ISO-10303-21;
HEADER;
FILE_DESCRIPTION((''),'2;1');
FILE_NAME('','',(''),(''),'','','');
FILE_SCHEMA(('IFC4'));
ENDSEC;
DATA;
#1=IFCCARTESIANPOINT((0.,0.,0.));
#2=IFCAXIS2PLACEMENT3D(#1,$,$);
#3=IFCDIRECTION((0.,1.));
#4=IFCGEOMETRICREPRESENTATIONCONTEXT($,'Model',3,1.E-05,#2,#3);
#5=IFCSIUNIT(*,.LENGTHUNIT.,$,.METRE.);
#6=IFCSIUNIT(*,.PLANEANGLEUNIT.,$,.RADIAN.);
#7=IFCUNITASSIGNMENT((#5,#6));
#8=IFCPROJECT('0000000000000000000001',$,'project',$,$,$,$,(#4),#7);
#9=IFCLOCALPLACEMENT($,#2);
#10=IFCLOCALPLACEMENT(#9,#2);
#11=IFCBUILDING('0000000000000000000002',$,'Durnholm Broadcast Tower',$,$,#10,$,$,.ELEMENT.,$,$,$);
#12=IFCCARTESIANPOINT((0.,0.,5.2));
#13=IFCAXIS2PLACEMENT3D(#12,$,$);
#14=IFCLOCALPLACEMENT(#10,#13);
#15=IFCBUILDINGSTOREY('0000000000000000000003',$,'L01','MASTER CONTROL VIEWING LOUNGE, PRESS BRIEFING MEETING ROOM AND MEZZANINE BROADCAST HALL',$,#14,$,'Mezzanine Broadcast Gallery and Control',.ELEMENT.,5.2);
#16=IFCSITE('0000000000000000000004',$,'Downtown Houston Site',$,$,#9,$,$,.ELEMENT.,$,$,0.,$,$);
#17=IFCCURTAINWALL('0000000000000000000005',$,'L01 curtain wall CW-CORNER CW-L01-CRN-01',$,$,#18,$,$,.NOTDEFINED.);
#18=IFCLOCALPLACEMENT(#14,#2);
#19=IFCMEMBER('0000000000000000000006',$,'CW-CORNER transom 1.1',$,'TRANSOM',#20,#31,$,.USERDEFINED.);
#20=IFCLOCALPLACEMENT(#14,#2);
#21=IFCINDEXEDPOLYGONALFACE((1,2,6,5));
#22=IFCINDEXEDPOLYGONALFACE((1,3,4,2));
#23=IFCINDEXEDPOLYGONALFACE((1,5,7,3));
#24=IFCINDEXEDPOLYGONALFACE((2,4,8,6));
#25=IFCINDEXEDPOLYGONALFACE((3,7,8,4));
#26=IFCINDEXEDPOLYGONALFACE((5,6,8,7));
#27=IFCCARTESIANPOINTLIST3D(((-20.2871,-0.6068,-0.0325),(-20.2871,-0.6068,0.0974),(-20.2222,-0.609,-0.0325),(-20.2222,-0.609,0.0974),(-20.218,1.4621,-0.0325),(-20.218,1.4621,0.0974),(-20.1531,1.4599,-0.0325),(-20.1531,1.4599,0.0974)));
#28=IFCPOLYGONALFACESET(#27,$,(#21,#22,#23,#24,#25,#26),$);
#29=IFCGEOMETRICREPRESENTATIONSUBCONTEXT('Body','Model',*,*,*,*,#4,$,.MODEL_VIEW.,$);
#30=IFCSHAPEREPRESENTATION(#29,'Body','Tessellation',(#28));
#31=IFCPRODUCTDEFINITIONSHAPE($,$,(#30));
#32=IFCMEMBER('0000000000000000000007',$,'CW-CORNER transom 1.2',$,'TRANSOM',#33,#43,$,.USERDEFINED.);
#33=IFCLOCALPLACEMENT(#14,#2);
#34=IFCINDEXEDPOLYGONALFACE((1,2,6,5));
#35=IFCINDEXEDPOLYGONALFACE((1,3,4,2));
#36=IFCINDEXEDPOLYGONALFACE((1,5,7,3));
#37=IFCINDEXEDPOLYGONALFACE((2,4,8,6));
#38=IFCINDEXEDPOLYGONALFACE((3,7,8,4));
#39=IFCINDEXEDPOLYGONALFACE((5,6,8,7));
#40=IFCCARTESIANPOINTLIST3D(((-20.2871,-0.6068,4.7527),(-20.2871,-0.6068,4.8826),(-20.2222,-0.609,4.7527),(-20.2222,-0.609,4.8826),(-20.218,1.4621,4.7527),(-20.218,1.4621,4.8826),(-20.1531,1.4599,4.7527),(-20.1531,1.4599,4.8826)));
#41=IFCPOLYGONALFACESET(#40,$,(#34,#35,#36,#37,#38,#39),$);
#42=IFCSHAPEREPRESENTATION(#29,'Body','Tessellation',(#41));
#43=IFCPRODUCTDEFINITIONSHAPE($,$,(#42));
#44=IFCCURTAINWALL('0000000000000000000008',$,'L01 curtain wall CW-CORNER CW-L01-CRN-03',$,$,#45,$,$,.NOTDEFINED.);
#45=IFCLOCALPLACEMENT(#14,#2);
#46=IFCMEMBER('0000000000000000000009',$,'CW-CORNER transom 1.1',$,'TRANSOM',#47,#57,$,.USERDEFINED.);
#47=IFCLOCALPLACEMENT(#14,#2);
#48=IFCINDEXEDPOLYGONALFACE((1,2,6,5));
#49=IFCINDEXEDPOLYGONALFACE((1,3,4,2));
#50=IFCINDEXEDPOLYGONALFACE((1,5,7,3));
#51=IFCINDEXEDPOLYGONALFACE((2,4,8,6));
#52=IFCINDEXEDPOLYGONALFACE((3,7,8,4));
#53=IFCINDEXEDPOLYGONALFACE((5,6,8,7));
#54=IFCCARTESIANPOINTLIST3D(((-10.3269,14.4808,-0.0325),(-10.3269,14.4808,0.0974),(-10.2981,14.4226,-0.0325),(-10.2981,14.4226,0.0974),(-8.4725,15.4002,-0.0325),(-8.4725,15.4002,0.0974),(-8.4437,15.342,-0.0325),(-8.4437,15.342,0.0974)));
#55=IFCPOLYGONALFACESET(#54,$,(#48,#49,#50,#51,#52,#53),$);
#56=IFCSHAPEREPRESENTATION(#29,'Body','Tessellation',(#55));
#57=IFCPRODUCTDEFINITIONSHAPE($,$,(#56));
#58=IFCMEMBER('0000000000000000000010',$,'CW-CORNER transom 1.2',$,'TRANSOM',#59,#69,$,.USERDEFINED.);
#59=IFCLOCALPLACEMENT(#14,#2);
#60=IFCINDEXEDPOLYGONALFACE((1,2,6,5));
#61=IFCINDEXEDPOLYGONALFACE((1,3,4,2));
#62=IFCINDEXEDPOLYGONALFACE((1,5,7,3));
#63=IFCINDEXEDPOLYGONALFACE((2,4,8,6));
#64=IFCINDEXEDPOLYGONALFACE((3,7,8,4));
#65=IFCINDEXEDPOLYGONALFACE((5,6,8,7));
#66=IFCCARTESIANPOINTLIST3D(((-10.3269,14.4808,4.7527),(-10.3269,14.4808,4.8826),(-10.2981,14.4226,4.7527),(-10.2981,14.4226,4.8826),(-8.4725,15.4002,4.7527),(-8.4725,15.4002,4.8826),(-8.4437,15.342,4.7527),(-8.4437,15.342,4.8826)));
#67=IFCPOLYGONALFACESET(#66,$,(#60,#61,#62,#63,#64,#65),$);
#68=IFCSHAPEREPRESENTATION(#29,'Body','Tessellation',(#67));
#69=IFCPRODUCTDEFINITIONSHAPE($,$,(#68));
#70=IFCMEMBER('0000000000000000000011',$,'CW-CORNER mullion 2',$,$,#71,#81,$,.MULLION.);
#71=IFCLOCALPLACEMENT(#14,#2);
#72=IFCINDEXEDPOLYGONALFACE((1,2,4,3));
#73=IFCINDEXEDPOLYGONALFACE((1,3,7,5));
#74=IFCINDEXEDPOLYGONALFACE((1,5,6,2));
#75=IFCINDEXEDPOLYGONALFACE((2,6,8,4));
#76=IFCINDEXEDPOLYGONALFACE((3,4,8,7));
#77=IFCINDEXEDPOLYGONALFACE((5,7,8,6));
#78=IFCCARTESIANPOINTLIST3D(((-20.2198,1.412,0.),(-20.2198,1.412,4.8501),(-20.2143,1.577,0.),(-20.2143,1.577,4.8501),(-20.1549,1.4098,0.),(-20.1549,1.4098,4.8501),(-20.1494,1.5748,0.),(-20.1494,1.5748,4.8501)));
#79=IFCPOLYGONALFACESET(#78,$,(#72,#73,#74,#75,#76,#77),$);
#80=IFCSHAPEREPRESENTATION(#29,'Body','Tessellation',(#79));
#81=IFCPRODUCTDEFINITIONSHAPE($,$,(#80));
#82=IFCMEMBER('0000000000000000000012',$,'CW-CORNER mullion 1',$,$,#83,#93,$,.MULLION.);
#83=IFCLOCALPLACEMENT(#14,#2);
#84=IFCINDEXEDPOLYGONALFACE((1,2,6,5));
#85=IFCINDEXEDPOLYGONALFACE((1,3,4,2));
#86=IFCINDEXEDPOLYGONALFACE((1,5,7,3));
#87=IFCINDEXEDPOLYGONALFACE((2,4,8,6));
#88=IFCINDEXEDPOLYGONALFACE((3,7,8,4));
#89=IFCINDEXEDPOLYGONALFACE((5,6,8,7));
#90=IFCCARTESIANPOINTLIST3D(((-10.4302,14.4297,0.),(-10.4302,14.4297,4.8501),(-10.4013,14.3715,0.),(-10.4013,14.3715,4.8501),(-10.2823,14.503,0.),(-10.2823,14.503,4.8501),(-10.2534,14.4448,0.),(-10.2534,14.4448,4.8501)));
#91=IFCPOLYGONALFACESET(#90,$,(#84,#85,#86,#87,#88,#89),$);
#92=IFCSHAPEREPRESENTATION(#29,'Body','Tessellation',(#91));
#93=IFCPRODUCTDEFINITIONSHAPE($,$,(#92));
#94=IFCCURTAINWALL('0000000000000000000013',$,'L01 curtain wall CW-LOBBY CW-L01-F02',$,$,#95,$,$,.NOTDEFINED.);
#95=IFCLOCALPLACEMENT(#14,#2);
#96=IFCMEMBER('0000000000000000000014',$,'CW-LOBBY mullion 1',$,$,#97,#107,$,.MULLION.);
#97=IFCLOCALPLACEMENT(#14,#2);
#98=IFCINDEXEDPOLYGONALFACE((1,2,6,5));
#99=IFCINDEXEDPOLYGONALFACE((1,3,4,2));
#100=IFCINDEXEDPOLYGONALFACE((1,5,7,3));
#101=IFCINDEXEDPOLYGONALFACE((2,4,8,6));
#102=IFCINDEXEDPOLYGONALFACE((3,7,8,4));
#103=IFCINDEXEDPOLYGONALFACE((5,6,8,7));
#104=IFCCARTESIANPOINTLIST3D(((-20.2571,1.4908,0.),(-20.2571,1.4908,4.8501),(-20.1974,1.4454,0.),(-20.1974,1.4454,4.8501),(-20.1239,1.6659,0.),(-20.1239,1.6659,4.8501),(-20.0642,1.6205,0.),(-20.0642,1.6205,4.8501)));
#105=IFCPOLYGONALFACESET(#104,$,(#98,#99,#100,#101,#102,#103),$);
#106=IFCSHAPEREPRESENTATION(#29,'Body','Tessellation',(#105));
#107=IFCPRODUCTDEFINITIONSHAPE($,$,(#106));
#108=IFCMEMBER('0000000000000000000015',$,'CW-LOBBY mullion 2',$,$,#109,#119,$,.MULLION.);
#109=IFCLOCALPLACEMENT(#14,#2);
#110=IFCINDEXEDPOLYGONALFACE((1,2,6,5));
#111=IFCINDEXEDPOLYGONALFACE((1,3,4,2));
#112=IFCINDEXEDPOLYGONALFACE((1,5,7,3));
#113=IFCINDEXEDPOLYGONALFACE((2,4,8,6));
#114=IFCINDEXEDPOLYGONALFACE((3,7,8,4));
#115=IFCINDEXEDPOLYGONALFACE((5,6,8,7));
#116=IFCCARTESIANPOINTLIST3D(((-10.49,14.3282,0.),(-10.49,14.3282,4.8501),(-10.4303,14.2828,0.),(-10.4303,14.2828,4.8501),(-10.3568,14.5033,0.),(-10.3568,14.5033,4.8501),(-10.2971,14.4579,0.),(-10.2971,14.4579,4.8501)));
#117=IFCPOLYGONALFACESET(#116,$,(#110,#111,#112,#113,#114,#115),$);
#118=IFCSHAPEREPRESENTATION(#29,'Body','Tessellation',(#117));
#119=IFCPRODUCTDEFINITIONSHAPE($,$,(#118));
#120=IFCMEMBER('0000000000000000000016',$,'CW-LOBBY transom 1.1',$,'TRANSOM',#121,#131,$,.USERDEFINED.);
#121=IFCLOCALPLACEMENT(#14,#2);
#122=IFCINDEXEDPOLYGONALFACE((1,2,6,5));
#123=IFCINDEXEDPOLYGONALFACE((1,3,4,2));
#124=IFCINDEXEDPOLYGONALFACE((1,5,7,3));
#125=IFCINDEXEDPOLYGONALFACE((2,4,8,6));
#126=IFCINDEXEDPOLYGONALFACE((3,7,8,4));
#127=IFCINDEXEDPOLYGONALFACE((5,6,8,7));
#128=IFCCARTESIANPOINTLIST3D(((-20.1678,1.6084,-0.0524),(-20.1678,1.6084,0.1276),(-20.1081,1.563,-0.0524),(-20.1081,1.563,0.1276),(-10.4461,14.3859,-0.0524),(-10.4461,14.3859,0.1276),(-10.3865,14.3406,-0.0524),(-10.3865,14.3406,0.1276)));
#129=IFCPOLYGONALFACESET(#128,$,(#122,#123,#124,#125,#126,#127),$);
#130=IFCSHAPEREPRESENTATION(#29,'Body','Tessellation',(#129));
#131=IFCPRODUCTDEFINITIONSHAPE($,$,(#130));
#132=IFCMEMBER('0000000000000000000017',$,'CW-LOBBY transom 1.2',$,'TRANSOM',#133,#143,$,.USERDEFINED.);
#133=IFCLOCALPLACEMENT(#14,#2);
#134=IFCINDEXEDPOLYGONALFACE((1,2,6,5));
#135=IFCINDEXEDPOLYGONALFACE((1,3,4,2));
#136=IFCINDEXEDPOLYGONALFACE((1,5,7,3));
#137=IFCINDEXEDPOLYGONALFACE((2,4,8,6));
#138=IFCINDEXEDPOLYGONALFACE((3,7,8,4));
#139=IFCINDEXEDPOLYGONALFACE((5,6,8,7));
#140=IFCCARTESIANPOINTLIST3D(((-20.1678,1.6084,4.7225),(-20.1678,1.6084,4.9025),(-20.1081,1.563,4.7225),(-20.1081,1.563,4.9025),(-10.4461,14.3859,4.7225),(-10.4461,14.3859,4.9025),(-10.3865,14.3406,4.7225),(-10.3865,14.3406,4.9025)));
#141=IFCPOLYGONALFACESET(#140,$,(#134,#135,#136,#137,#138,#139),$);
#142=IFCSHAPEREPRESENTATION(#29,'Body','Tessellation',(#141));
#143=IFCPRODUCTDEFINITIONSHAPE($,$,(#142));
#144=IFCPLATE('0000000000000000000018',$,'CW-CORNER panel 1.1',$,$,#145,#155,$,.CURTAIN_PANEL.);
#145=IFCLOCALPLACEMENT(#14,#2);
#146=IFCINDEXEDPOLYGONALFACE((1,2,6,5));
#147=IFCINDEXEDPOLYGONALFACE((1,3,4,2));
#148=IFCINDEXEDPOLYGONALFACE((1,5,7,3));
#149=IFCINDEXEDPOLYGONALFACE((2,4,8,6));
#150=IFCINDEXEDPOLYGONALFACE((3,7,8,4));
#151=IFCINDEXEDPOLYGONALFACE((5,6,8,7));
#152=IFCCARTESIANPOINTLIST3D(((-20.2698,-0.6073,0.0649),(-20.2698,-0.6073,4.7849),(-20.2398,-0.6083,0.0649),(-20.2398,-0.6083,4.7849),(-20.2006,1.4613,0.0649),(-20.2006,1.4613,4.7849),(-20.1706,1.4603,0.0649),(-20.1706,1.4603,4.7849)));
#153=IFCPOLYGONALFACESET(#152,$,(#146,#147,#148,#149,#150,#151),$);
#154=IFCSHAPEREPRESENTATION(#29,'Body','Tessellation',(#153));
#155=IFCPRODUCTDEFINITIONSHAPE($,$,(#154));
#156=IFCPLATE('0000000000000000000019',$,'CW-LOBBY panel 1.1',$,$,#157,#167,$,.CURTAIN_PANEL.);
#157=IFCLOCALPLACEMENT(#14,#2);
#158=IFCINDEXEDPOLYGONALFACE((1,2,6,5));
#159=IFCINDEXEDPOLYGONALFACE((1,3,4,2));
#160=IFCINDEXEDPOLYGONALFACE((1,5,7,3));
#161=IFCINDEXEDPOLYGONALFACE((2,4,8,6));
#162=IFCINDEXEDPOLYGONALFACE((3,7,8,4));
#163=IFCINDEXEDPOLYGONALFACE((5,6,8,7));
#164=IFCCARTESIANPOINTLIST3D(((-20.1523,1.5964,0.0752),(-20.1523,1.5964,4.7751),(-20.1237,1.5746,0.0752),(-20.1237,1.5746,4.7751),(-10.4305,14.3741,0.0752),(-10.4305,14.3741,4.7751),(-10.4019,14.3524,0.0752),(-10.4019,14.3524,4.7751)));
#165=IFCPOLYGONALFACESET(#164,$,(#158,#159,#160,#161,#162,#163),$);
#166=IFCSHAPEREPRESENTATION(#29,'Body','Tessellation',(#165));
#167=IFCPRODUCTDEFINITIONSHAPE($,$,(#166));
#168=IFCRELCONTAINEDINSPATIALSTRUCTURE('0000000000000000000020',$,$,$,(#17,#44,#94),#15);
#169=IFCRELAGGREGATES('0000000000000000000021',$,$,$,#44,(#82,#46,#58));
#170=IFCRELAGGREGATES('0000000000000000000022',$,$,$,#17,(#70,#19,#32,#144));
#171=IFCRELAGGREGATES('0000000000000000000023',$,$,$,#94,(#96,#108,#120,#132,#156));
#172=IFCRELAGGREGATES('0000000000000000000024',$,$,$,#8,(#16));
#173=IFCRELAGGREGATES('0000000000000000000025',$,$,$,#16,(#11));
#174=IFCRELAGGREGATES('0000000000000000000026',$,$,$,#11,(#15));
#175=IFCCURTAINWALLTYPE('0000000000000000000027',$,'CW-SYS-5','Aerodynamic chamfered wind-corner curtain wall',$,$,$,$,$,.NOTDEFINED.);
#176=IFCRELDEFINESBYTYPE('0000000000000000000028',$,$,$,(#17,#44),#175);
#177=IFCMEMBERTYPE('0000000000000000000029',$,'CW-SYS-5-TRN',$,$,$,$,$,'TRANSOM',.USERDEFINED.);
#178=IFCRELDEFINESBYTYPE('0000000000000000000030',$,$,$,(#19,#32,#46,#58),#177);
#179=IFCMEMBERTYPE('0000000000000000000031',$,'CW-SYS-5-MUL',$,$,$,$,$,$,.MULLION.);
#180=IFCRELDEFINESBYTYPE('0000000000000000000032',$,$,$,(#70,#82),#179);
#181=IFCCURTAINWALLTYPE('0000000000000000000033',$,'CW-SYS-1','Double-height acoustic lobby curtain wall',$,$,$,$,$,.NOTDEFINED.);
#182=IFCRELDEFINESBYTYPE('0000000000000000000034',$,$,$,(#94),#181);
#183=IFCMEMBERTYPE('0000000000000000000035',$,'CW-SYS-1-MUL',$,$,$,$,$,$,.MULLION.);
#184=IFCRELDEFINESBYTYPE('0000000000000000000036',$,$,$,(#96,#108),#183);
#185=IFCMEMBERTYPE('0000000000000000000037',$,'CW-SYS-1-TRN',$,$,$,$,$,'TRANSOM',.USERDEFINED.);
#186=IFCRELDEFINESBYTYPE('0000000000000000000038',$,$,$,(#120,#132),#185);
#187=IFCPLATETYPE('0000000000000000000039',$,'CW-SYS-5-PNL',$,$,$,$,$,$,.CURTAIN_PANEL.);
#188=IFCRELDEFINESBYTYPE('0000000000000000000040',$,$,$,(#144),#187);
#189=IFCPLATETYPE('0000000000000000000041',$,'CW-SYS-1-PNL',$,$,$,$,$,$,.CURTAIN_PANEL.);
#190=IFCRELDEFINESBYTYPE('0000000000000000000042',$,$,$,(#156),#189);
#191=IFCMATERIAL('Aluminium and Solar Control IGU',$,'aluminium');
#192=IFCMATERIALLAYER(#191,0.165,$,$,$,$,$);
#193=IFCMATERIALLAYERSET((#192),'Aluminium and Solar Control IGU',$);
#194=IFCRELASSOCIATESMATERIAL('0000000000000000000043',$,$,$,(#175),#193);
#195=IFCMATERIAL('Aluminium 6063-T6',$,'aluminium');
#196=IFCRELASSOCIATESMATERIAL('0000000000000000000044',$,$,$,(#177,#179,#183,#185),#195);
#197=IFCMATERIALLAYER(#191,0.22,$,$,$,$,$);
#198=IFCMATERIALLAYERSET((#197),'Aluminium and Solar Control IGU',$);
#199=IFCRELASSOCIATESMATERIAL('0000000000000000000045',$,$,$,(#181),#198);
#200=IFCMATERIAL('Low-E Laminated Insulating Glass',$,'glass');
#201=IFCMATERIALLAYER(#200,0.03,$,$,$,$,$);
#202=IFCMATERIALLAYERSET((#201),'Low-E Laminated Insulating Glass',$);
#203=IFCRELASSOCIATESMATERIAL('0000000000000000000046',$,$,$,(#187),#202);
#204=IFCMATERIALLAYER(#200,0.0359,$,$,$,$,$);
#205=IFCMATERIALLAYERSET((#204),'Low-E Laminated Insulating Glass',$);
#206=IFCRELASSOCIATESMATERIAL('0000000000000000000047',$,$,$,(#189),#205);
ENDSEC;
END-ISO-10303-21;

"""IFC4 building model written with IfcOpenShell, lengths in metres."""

from ifc_helpers import new_model, si_unit, direction, frame, origin, origin_2d, place, context, subcontext, project, spatial, rectangle, extrude, source, transform, mapped, material, layer, layer_set, material_profile, profile_set, type_object, type_shapes, element, aggregate, save


model = new_model("IFC4")

# Units and contexts
model_context = context("Model", 3, precision=1e-05, world=origin(), true_north=direction((0.0, 1.0)))
body_context = subcontext(model_context, "Body", "Model", "MODEL_VIEW")
ifc_project = project(units=[si_unit("LENGTHUNIT", "METRE"), si_unit("PLANEANGLEUNIT", "RADIAN")], contexts=[model_context])

# Site, building, storey
site_placement = place(None, origin())
site = spatial("IfcSite", under=ifc_project, at=site_placement, Name="Downtown Houston Site", CompositionType="ELEMENT", RefElevation=0.0)
building_placement = place(site_placement, origin())
building = spatial("IfcBuilding", under=site, at=building_placement, Name="Durnholm Broadcast Tower", CompositionType="ELEMENT")
storey_placement = place(building_placement, frame((0.0, 0.0, 5.2)))
storey = spatial("IfcBuildingStorey", under=building, at=storey_placement, Name="L01", Description="MASTER CONTROL VIEWING LOUNGE, PRESS BRIEFING MEETING ROOM AND MEZZANINE BROADCAST HALL", LongName="Mezzanine Broadcast Gallery and Control", CompositionType="ELEMENT", Elevation=5.2)

# Curtain walls, members
ifc_material_1 = material(Name="Aluminium and Solar Control IGU", Category="aluminium")
ifc_layer_1 = layer(ifc_material_1, 0.165)
ifc_layer_set_1 = layer_set([ifc_layer_1], Name="Aluminium and Solar Control IGU")
curtain_wall_type_1 = type_object("IfcCurtainWallType", Name="CW-SYS-5", Description="Aerodynamic chamfered wind-corner curtain wall", PredefinedType="NOTDEFINED", material=ifc_layer_set_1)
curtain_wall_1_placement = place(storey_placement, origin())
curtain_wall_1 = element("IfcCurtainWall", 1, at=curtain_wall_1_placement, inside=storey, type_object=curtain_wall_type_1, Name="L01 curtain wall CW-CORNER CW-L01-CRN-01", PredefinedType="NOTDEFINED")
ifc_material_2 = material(Name="Aluminium 6063-T6", Category="aluminium")
ifc_material_profile_1 = material_profile(ifc_material_2, rectangle(XDim=0.0649, YDim=0.1299, at=origin_2d()), Name="CWT65X130")
ifc_profile_set_1 = profile_set([ifc_material_profile_1], Name="Aluminium 6063-T6")
member_type_1 = type_object("IfcMemberType", Name="CW-SYS-5-TRN", ElementType="TRANSOM", PredefinedType="USERDEFINED", material=ifc_profile_set_1)
shared_shape_1 = source(origin(), body_context, "Body", "SweptSolid", [
    extrude(rectangle(XDim=0.0649, YDim=0.1299, at=origin_2d()), origin(), (0.0, 0.0, 1.0), 2.0701),
])
member_1_placement = place(storey_placement, frame((-20.2546, -0.6079, 0.0325), z_axis=(0.033378, 0.999443, 0.0), x_axis=(-0.999443, 0.033378, 0.0)))
member_1 = element("IfcMember", 2, at=member_1_placement, type_object=member_type_1, Name="CW-CORNER transom 1.1", ObjectType="TRANSOM", PredefinedType="USERDEFINED", context=body_context, shape_type="MappedRepresentation", body=[
    mapped(shared_shape_1, transform((0.0, 0.0, 0.0), x_axis=(1.0, 0.0, 0.0), y_axis=(0.0, 1.0, 0.0), z_axis=(0.0, 0.0, 1.0), scale=1.0)),
])
member_2_placement = place(storey_placement, frame((-20.2546, -0.6079, 4.8176), z_axis=(0.033378, 0.999443, 0.0), x_axis=(-0.999443, 0.033378, 0.0)))
member_2 = element("IfcMember", 3, at=member_2_placement, type_object=member_type_1, Name="CW-CORNER transom 1.2", ObjectType="TRANSOM", PredefinedType="USERDEFINED", context=body_context, shape_type="MappedRepresentation", body=[
    mapped(shared_shape_1, transform((0.0, 0.0, 0.0), x_axis=(1.0, 0.0, 0.0), y_axis=(0.0, 1.0, 0.0), z_axis=(0.0, 0.0, 1.0), scale=1.0)),
])
curtain_wall_2_placement = place(storey_placement, origin())
curtain_wall_2 = element("IfcCurtainWall", 4, at=curtain_wall_2_placement, inside=storey, type_object=curtain_wall_type_1, Name="L01 curtain wall CW-CORNER CW-L01-CRN-03", PredefinedType="NOTDEFINED")
shared_shape_2 = source(origin(), body_context, "Body", "SweptSolid", [
    extrude(rectangle(XDim=0.0649, YDim=0.1299, at=origin_2d()), origin(), (0.0, 0.0, 1.0), 2.0698),
])
type_shapes(member_type_1, [shared_shape_1, shared_shape_2])
member_3_placement = place(storey_placement, frame((-10.3125, 14.4517, 0.0325), z_axis=(0.895932, 0.444192, 0.0), x_axis=(-0.444192, 0.895932, 0.0)))
member_3 = element("IfcMember", 5, at=member_3_placement, type_object=member_type_1, Name="CW-CORNER transom 1.1", ObjectType="TRANSOM", PredefinedType="USERDEFINED", context=body_context, shape_type="MappedRepresentation", body=[
    mapped(shared_shape_2, transform((0.0, 0.0, 0.0), x_axis=(1.0, 0.0, 0.0), y_axis=(0.0, 1.0, 0.0), z_axis=(0.0, 0.0, 1.0), scale=1.0)),
])
member_4_placement = place(storey_placement, frame((-10.3125, 14.4517, 4.8176), z_axis=(0.895932, 0.444192, 0.0), x_axis=(-0.444192, 0.895932, 0.0)))
member_4 = element("IfcMember", 6, at=member_4_placement, type_object=member_type_1, Name="CW-CORNER transom 1.2", ObjectType="TRANSOM", PredefinedType="USERDEFINED", context=body_context, shape_type="MappedRepresentation", body=[
    mapped(shared_shape_2, transform((0.0, 0.0, 0.0), x_axis=(1.0, 0.0, 0.0), y_axis=(0.0, 1.0, 0.0), z_axis=(0.0, 0.0, 1.0), scale=1.0)),
])

# Members
ifc_material_profile_2 = material_profile(ifc_material_2, rectangle(XDim=0.0649, YDim=0.165, at=origin_2d()), Name="CWM65X165")
ifc_profile_set_2 = profile_set([ifc_material_profile_2], Name="Aluminium 6063-T6")
member_type_2 = type_object("IfcMemberType", Name="CW-SYS-5-MUL", PredefinedType="MULLION", material=ifc_profile_set_2)
shared_shape_3 = source(origin(), body_context, "Body", "SweptSolid", [
    extrude(rectangle(XDim=0.0649, YDim=0.165, at=origin_2d()), origin(), (0.0, 0.0, 1.0), 4.8501),
])
type_shapes(member_type_2, [shared_shape_3])
member_5_placement = place(storey_placement, frame((-20.1846, 1.4934, 0.0), z_axis=(0.0, 0.0, 1.0), x_axis=(-0.999442, 0.03341, 0.0)))
member_5 = element("IfcMember", 7, at=member_5_placement, type_object=member_type_2, Name="CW-CORNER mullion 2", PredefinedType="MULLION", context=body_context, shape_type="MappedRepresentation", body=[
    mapped(shared_shape_3, transform((0.0, 0.0, 0.0), x_axis=(1.0, 0.0, 0.0), y_axis=(0.0, 1.0, 0.0), z_axis=(0.0, 0.0, 1.0), scale=1.0)),
])
member_6_placement = place(storey_placement, frame((-10.3418, 14.4373, 0.0), z_axis=(0.0, 0.0, 1.0), x_axis=(-0.444138, 0.895958, 0.0)))
member_6 = element("IfcMember", 8, at=member_6_placement, type_object=member_type_2, Name="CW-CORNER mullion 1", PredefinedType="MULLION", context=body_context, shape_type="MappedRepresentation", body=[
    mapped(shared_shape_3, transform((0.0, 0.0, 0.0), x_axis=(1.0, 0.0, 0.0), y_axis=(0.0, 1.0, 0.0), z_axis=(0.0, 0.0, 1.0), scale=1.0)),
])
aggregate(curtain_wall_2, [member_6, member_3, member_4])

# Curtain wall, members
ifc_layer_2 = layer(ifc_material_1, 0.22)
ifc_layer_set_2 = layer_set([ifc_layer_2], Name="Aluminium and Solar Control IGU")
curtain_wall_type_2 = type_object("IfcCurtainWallType", Name="CW-SYS-1", Description="Double-height acoustic lobby curtain wall", PredefinedType="NOTDEFINED", material=ifc_layer_set_2)
curtain_wall_3_placement = place(storey_placement, origin())
curtain_wall_3 = element("IfcCurtainWall", 9, at=curtain_wall_3_placement, inside=storey, type_object=curtain_wall_type_2, Name="L01 curtain wall CW-LOBBY CW-L01-F02", PredefinedType="NOTDEFINED")
ifc_material_profile_3 = material_profile(ifc_material_2, rectangle(XDim=0.075, YDim=0.22, at=origin_2d()), Name="CWM75X220")
ifc_profile_set_3 = profile_set([ifc_material_profile_3], Name="Aluminium 6063-T6")
member_type_3 = type_object("IfcMemberType", Name="CW-SYS-1-MUL", PredefinedType="MULLION", material=ifc_profile_set_3)
shared_shape_4 = source(origin(), body_context, "Body", "SweptSolid", [
    extrude(rectangle(XDim=0.075, YDim=0.22, at=origin_2d()), origin(), (0.0, 0.0, 1.0), 4.8501),
])
type_shapes(member_type_3, [shared_shape_4])
member_7_placement = place(storey_placement, frame((-20.1606, 1.5557, 0.0), z_axis=(0.0, 0.0, 1.0), x_axis=(-0.795839, 0.605509, 0.0)))
member_7 = element("IfcMember", 10, at=member_7_placement, type_object=member_type_3, Name="CW-LOBBY mullion 1", PredefinedType="MULLION", context=body_context, shape_type="MappedRepresentation", body=[
    mapped(shared_shape_4, transform((0.0, 0.0, 0.0), x_axis=(1.0, 0.0, 0.0), y_axis=(0.0, 1.0, 0.0), z_axis=(0.0, 0.0, 1.0), scale=1.0)),
])
member_8_placement = place(storey_placement, frame((-10.3936, 14.3931, 0.0), z_axis=(0.0, 0.0, 1.0), x_axis=(-0.795839, 0.605509, 0.0)))
member_8 = element("IfcMember", 11, at=member_8_placement, type_object=member_type_3, Name="CW-LOBBY mullion 2", PredefinedType="MULLION", context=body_context, shape_type="MappedRepresentation", body=[
    mapped(shared_shape_4, transform((0.0, 0.0, 0.0), x_axis=(1.0, 0.0, 0.0), y_axis=(0.0, 1.0, 0.0), z_axis=(0.0, 0.0, 1.0), scale=1.0)),
])
ifc_material_profile_4 = material_profile(ifc_material_2, rectangle(XDim=0.075, YDim=0.1799, at=origin_2d()), Name="CWT75X180")
ifc_profile_set_4 = profile_set([ifc_material_profile_4], Name="Aluminium 6063-T6")
member_type_4 = type_object("IfcMemberType", Name="CW-SYS-1-TRN", ElementType="TRANSOM", PredefinedType="USERDEFINED", material=ifc_profile_set_4)
shared_shape_5 = source(origin(), body_context, "Body", "SweptSolid", [
    extrude(rectangle(XDim=0.075, YDim=0.1799, at=origin_2d()), origin(), (0.0, 0.0, 1.0), 16.0554),
])
type_shapes(member_type_4, [shared_shape_5])
member_9_placement = place(storey_placement, frame((-20.1379, 1.5857, 0.0376), z_axis=(0.605506, 0.795841, 0.0), x_axis=(-0.795841, 0.605506, 0.0)))
member_9 = element("IfcMember", 12, at=member_9_placement, type_object=member_type_4, Name="CW-LOBBY transom 1.1", ObjectType="TRANSOM", PredefinedType="USERDEFINED", context=body_context, shape_type="MappedRepresentation", body=[
    mapped(shared_shape_5, transform((0.0, 0.0, 0.0), x_axis=(1.0, 0.0, 0.0), y_axis=(0.0, 1.0, 0.0), z_axis=(0.0, 0.0, 1.0), scale=1.0)),
])
member_10_placement = place(storey_placement, frame((-20.1379, 1.5857, 4.8125), z_axis=(0.605506, 0.795841, 0.0), x_axis=(-0.795841, 0.605506, 0.0)))
member_10 = element("IfcMember", 13, at=member_10_placement, type_object=member_type_4, Name="CW-LOBBY transom 1.2", ObjectType="TRANSOM", PredefinedType="USERDEFINED", context=body_context, shape_type="MappedRepresentation", body=[
    mapped(shared_shape_5, transform((0.0, 0.0, 0.0), x_axis=(1.0, 0.0, 0.0), y_axis=(0.0, 1.0, 0.0), z_axis=(0.0, 0.0, 1.0), scale=1.0)),
])

# Plates
ifc_material_3 = material(Name="Low-E Laminated Insulating Glass", Category="glass")
ifc_layer_3 = layer(ifc_material_3, 0.03)
ifc_layer_set_3 = layer_set([ifc_layer_3], Name="Low-E Laminated Insulating Glass")
plate_type_1 = type_object("IfcPlateType", Name="CW-SYS-5-PNL", PredefinedType="CURTAIN_PANEL", material=ifc_layer_set_3)
shared_shape_6 = source(origin(), body_context, "Body", "SweptSolid", [
    extrude(rectangle(XDim=2.0698, YDim=0.03, at=origin_2d()), origin(), (0.0, 0.0, 1.0), 4.72),
])
type_shapes(plate_type_1, [shared_shape_6])
plate_1_placement = place(storey_placement, frame((-20.2202, 0.4265, 0.0649), z_axis=(0.0, 0.0, 1.0), x_axis=(0.03341, 0.999442, 0.0)))
plate_1 = element("IfcPlate", 14, at=plate_1_placement, type_object=plate_type_1, Name="CW-CORNER panel 1.1", PredefinedType="CURTAIN_PANEL", context=body_context, shape_type="MappedRepresentation", body=[
    mapped(shared_shape_6, transform((0.0, 0.0, 0.0), x_axis=(1.0, 0.0, 0.0), y_axis=(0.0, 1.0, 0.0), z_axis=(0.0, 0.0, 1.0), scale=1.0)),
])
aggregate(curtain_wall_1, [member_5, member_1, member_2, plate_1])
ifc_layer_4 = layer(ifc_material_3, 0.0359)
ifc_layer_set_4 = layer_set([ifc_layer_4], Name="Low-E Laminated Insulating Glass")
plate_type_2 = type_object("IfcPlateType", Name="CW-SYS-1-PNL", PredefinedType="CURTAIN_PANEL", material=ifc_layer_set_4)
shared_shape_7 = source(origin(), body_context, "Body", "SweptSolid", [
    extrude(rectangle(XDim=16.0557, YDim=0.0359, at=origin_2d()), origin(), (0.0, 0.0, 1.0), 4.7),
])
type_shapes(plate_type_2, [shared_shape_7])
plate_2_placement = place(storey_placement, frame((-15.2771, 7.9744, 0.0752), z_axis=(0.0, 0.0, 1.0), x_axis=(0.605509, 0.795839, 0.0)))
plate_2 = element("IfcPlate", 15, at=plate_2_placement, type_object=plate_type_2, Name="CW-LOBBY panel 1.1", PredefinedType="CURTAIN_PANEL", context=body_context, shape_type="MappedRepresentation", body=[
    mapped(shared_shape_7, transform((0.0, 0.0, 0.0), x_axis=(1.0, 0.0, 0.0), y_axis=(0.0, 1.0, 0.0), z_axis=(0.0, 0.0, 1.0), scale=1.0)),
])
aggregate(curtain_wall_3, [member_7, member_8, member_9, member_10, plate_2])

save(model, "model.ifc")
